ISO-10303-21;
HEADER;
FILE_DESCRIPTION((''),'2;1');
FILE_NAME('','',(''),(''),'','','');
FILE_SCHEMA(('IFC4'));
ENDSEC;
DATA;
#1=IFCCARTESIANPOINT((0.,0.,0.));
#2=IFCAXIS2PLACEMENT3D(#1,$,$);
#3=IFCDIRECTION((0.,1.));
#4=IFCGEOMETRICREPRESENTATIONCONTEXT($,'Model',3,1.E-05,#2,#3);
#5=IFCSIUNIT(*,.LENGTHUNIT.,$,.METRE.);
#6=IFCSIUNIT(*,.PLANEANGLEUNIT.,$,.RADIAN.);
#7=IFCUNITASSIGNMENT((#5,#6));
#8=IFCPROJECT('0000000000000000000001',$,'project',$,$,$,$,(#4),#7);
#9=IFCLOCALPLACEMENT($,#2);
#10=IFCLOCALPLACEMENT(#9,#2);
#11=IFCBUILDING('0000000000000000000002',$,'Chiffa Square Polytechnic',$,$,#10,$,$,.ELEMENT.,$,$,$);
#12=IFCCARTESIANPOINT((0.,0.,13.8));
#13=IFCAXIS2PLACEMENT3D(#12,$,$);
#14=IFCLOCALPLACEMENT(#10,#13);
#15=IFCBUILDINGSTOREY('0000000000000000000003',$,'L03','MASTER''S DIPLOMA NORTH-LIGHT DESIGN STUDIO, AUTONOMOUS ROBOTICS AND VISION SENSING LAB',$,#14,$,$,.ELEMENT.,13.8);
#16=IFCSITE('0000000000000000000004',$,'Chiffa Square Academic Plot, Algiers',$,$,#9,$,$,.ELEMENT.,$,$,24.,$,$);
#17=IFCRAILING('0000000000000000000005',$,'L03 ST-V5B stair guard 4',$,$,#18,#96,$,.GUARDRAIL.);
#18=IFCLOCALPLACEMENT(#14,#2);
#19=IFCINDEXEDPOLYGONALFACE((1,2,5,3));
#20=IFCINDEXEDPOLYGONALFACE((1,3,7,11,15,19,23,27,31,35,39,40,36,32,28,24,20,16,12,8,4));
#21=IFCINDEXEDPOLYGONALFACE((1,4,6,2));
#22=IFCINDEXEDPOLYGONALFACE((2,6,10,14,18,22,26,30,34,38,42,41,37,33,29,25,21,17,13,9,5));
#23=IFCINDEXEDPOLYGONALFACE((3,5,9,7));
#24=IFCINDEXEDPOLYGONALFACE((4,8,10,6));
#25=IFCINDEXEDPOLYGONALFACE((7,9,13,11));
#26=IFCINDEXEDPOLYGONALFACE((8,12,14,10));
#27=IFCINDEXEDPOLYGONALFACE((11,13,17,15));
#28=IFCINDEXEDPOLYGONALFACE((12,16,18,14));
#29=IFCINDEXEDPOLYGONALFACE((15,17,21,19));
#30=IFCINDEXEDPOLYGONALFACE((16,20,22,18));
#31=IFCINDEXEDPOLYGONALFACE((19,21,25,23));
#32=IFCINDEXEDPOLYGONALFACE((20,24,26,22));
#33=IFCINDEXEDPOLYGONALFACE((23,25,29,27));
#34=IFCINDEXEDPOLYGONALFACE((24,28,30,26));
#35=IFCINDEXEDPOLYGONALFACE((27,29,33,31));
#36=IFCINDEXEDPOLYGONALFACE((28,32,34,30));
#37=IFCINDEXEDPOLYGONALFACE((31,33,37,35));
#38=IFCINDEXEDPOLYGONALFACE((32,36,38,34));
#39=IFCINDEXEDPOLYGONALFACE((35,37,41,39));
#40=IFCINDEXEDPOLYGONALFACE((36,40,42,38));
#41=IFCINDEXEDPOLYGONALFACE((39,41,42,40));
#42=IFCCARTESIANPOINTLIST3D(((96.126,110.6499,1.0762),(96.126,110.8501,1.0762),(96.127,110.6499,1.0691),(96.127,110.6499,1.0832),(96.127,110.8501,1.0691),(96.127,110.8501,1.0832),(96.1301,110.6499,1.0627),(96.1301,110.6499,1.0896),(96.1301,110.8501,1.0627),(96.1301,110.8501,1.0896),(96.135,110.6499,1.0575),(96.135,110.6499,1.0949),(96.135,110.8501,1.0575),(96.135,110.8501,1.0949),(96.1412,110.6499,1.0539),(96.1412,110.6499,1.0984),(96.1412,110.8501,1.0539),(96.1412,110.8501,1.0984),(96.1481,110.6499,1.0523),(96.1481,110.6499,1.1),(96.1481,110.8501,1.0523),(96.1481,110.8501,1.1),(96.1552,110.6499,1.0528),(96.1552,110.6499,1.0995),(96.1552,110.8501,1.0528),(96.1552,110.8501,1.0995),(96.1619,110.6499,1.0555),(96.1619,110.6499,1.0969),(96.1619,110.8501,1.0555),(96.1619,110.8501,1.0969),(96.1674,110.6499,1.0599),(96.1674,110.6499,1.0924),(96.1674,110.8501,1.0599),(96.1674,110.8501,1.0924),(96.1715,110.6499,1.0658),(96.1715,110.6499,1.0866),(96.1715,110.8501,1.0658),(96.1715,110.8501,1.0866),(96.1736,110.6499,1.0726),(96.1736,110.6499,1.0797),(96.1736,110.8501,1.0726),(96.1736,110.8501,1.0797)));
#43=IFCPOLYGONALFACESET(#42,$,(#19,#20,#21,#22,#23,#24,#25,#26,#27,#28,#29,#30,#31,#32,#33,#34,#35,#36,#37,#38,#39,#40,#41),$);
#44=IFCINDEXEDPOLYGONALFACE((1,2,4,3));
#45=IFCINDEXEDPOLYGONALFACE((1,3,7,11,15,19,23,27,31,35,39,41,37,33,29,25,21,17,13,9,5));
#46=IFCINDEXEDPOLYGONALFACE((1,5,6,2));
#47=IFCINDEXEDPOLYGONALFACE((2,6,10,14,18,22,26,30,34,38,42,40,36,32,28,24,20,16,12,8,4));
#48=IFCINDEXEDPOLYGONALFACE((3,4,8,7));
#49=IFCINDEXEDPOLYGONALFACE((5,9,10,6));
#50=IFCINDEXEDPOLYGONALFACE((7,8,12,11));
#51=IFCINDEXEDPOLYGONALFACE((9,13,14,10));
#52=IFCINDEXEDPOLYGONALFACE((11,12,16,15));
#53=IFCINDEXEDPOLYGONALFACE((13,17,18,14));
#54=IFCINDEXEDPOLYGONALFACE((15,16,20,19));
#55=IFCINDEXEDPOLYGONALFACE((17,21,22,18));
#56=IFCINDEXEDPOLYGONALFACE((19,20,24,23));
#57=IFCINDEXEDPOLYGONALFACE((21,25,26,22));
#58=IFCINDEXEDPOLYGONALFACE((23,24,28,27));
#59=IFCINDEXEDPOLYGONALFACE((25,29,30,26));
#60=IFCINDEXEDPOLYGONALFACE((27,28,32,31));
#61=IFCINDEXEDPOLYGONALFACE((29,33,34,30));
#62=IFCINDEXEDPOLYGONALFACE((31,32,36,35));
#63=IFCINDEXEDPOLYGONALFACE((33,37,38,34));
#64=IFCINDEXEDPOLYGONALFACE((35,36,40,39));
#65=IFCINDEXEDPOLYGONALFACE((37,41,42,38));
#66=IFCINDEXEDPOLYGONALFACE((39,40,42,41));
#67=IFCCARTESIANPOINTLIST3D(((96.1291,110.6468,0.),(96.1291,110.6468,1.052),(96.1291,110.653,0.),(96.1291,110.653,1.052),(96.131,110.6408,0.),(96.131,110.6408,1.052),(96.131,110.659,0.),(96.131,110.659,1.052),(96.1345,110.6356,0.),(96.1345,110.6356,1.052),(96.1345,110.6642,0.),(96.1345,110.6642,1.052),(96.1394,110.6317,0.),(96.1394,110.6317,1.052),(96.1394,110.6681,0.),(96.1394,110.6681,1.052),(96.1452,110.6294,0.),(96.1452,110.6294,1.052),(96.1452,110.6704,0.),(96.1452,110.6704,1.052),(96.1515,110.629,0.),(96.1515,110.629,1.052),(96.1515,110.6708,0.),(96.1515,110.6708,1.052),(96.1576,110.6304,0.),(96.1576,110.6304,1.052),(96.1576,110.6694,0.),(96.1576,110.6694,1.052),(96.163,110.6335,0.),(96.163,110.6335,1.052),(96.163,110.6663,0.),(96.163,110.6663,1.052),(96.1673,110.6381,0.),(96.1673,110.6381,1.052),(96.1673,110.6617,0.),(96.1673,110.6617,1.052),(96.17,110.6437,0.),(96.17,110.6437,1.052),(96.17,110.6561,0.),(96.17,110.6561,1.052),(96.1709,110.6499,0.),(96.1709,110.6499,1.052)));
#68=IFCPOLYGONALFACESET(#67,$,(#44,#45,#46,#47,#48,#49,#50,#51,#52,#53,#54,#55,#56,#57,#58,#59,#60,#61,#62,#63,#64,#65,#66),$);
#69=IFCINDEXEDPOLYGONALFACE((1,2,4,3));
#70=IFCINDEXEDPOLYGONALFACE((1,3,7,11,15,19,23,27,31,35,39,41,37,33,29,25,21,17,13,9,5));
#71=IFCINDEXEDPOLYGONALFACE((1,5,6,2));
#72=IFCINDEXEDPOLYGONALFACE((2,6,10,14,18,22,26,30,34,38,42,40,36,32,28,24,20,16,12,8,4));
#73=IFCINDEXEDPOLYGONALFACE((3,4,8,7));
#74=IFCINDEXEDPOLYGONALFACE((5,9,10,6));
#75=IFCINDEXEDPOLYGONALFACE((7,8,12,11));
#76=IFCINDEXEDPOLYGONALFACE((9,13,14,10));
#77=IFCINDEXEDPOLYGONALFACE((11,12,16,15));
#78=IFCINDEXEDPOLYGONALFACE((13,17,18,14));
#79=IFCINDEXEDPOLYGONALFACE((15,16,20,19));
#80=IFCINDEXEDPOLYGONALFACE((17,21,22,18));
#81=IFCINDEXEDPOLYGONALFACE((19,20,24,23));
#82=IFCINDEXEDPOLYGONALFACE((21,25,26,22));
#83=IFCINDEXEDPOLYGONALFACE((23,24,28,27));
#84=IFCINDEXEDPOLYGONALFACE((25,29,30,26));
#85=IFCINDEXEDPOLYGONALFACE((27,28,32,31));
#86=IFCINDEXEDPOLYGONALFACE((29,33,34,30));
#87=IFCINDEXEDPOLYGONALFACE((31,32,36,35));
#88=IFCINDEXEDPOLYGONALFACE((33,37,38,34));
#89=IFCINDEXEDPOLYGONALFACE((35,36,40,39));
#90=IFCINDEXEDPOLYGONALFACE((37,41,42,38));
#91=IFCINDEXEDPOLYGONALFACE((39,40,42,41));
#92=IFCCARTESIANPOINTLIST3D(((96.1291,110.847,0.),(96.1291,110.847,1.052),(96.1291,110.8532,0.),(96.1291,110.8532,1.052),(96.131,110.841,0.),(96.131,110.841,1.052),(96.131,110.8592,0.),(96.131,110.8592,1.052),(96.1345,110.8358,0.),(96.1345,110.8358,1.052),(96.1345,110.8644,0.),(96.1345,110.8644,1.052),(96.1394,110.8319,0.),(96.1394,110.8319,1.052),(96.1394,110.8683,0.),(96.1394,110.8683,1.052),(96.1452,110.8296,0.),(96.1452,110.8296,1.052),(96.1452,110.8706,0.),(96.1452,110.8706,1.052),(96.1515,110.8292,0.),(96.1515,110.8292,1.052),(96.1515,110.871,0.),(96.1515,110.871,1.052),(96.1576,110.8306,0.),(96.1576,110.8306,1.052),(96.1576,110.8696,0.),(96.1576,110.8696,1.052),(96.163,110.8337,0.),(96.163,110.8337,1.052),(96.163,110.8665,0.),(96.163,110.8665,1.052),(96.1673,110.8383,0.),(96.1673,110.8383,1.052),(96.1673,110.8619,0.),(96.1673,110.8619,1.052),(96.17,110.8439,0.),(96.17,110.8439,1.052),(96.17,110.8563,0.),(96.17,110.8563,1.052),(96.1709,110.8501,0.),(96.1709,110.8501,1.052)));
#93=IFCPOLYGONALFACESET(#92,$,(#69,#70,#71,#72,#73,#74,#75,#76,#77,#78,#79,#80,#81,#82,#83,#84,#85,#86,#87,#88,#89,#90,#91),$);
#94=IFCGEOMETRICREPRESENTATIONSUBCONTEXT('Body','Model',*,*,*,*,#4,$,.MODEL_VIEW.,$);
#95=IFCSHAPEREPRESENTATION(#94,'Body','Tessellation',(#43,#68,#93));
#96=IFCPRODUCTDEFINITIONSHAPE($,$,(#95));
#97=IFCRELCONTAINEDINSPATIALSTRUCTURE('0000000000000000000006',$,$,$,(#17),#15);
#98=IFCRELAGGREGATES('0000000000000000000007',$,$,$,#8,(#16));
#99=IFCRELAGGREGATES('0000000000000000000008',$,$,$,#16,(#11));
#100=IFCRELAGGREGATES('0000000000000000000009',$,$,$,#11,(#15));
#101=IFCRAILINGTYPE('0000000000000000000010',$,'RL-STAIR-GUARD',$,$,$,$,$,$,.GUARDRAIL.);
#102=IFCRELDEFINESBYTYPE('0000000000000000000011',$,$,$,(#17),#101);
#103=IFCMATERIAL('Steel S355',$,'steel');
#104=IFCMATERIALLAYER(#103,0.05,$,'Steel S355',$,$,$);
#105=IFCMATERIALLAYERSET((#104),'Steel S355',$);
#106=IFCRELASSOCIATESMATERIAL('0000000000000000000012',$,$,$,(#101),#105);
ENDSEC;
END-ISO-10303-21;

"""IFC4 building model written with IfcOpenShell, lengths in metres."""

from ifc_helpers import new_model, si_unit, direction, frame, origin, origin_2d, place, context, subcontext, project, spatial, circle, extrude, material, layer, layer_set, type_object, element, save


model = new_model("IFC4")

# Units and contexts
model_context = context("Model", 3, precision=1e-05, world=origin(), true_north=direction((0.0, 1.0)))
body_context = subcontext(model_context, "Body", "Model", "MODEL_VIEW")
ifc_project = project(units=[si_unit("LENGTHUNIT", "METRE"), si_unit("PLANEANGLEUNIT", "RADIAN")], contexts=[model_context])

# Site, building, storey
site_placement = place(None, origin())
site = spatial("IfcSite", under=ifc_project, at=site_placement, Name="Chiffa Square Academic Plot, Algiers", CompositionType="ELEMENT", RefElevation=24.0)
building_placement = place(site_placement, origin())
building = spatial("IfcBuilding", under=site, at=building_placement, Name="Chiffa Square Polytechnic", CompositionType="ELEMENT")
storey_placement = place(building_placement, frame((0.0, 0.0, 13.8)))
storey = spatial("IfcBuildingStorey", under=building, at=storey_placement, Name="L03", Description="MASTER'S DIPLOMA NORTH-LIGHT DESIGN STUDIO, AUTONOMOUS ROBOTICS AND VISION SENSING LAB", CompositionType="ELEMENT", Elevation=13.8)

# Railing
ifc_material_1 = material(Name="Steel S355", Category="steel")
ifc_layer_1 = layer(ifc_material_1, 0.05, Name="Steel S355")
ifc_layer_set_1 = layer_set([ifc_layer_1], Name="Steel S355")
railing_type = type_object("IfcRailingType", Name="RL-STAIR-GUARD", PredefinedType="GUARDRAIL", material=ifc_layer_set_1)
railing_1_placement = place(storey_placement, frame((96.1499, 110.6499, 0.0)))
element("IfcRailing", 1, at=railing_1_placement, inside=storey, type_object=railing_type, Name="L03 ST-V5B stair guard 4", PredefinedType="GUARDRAIL", context=body_context, shape_type="SweptSolid", body=[
    extrude(circle(Radius=0.0239, at=origin_2d()), frame((0.0, 0.0, 1.0762), z_axis=(0.0, 1.0, 0.0), x_axis=(-1.0, 0.0, 0.0)), (0.0, 0.0, 1.0), 0.2002),
    extrude(circle(Radius=0.021, at=origin_2d()), origin(), (0.0, 0.0, 1.0), 1.052),
    extrude(circle(Radius=0.021, at=origin_2d()), frame((0.0, 0.2002, 0.0)), (0.0, 0.0, 1.0), 1.052),
])

save(model, "model.ifc")
